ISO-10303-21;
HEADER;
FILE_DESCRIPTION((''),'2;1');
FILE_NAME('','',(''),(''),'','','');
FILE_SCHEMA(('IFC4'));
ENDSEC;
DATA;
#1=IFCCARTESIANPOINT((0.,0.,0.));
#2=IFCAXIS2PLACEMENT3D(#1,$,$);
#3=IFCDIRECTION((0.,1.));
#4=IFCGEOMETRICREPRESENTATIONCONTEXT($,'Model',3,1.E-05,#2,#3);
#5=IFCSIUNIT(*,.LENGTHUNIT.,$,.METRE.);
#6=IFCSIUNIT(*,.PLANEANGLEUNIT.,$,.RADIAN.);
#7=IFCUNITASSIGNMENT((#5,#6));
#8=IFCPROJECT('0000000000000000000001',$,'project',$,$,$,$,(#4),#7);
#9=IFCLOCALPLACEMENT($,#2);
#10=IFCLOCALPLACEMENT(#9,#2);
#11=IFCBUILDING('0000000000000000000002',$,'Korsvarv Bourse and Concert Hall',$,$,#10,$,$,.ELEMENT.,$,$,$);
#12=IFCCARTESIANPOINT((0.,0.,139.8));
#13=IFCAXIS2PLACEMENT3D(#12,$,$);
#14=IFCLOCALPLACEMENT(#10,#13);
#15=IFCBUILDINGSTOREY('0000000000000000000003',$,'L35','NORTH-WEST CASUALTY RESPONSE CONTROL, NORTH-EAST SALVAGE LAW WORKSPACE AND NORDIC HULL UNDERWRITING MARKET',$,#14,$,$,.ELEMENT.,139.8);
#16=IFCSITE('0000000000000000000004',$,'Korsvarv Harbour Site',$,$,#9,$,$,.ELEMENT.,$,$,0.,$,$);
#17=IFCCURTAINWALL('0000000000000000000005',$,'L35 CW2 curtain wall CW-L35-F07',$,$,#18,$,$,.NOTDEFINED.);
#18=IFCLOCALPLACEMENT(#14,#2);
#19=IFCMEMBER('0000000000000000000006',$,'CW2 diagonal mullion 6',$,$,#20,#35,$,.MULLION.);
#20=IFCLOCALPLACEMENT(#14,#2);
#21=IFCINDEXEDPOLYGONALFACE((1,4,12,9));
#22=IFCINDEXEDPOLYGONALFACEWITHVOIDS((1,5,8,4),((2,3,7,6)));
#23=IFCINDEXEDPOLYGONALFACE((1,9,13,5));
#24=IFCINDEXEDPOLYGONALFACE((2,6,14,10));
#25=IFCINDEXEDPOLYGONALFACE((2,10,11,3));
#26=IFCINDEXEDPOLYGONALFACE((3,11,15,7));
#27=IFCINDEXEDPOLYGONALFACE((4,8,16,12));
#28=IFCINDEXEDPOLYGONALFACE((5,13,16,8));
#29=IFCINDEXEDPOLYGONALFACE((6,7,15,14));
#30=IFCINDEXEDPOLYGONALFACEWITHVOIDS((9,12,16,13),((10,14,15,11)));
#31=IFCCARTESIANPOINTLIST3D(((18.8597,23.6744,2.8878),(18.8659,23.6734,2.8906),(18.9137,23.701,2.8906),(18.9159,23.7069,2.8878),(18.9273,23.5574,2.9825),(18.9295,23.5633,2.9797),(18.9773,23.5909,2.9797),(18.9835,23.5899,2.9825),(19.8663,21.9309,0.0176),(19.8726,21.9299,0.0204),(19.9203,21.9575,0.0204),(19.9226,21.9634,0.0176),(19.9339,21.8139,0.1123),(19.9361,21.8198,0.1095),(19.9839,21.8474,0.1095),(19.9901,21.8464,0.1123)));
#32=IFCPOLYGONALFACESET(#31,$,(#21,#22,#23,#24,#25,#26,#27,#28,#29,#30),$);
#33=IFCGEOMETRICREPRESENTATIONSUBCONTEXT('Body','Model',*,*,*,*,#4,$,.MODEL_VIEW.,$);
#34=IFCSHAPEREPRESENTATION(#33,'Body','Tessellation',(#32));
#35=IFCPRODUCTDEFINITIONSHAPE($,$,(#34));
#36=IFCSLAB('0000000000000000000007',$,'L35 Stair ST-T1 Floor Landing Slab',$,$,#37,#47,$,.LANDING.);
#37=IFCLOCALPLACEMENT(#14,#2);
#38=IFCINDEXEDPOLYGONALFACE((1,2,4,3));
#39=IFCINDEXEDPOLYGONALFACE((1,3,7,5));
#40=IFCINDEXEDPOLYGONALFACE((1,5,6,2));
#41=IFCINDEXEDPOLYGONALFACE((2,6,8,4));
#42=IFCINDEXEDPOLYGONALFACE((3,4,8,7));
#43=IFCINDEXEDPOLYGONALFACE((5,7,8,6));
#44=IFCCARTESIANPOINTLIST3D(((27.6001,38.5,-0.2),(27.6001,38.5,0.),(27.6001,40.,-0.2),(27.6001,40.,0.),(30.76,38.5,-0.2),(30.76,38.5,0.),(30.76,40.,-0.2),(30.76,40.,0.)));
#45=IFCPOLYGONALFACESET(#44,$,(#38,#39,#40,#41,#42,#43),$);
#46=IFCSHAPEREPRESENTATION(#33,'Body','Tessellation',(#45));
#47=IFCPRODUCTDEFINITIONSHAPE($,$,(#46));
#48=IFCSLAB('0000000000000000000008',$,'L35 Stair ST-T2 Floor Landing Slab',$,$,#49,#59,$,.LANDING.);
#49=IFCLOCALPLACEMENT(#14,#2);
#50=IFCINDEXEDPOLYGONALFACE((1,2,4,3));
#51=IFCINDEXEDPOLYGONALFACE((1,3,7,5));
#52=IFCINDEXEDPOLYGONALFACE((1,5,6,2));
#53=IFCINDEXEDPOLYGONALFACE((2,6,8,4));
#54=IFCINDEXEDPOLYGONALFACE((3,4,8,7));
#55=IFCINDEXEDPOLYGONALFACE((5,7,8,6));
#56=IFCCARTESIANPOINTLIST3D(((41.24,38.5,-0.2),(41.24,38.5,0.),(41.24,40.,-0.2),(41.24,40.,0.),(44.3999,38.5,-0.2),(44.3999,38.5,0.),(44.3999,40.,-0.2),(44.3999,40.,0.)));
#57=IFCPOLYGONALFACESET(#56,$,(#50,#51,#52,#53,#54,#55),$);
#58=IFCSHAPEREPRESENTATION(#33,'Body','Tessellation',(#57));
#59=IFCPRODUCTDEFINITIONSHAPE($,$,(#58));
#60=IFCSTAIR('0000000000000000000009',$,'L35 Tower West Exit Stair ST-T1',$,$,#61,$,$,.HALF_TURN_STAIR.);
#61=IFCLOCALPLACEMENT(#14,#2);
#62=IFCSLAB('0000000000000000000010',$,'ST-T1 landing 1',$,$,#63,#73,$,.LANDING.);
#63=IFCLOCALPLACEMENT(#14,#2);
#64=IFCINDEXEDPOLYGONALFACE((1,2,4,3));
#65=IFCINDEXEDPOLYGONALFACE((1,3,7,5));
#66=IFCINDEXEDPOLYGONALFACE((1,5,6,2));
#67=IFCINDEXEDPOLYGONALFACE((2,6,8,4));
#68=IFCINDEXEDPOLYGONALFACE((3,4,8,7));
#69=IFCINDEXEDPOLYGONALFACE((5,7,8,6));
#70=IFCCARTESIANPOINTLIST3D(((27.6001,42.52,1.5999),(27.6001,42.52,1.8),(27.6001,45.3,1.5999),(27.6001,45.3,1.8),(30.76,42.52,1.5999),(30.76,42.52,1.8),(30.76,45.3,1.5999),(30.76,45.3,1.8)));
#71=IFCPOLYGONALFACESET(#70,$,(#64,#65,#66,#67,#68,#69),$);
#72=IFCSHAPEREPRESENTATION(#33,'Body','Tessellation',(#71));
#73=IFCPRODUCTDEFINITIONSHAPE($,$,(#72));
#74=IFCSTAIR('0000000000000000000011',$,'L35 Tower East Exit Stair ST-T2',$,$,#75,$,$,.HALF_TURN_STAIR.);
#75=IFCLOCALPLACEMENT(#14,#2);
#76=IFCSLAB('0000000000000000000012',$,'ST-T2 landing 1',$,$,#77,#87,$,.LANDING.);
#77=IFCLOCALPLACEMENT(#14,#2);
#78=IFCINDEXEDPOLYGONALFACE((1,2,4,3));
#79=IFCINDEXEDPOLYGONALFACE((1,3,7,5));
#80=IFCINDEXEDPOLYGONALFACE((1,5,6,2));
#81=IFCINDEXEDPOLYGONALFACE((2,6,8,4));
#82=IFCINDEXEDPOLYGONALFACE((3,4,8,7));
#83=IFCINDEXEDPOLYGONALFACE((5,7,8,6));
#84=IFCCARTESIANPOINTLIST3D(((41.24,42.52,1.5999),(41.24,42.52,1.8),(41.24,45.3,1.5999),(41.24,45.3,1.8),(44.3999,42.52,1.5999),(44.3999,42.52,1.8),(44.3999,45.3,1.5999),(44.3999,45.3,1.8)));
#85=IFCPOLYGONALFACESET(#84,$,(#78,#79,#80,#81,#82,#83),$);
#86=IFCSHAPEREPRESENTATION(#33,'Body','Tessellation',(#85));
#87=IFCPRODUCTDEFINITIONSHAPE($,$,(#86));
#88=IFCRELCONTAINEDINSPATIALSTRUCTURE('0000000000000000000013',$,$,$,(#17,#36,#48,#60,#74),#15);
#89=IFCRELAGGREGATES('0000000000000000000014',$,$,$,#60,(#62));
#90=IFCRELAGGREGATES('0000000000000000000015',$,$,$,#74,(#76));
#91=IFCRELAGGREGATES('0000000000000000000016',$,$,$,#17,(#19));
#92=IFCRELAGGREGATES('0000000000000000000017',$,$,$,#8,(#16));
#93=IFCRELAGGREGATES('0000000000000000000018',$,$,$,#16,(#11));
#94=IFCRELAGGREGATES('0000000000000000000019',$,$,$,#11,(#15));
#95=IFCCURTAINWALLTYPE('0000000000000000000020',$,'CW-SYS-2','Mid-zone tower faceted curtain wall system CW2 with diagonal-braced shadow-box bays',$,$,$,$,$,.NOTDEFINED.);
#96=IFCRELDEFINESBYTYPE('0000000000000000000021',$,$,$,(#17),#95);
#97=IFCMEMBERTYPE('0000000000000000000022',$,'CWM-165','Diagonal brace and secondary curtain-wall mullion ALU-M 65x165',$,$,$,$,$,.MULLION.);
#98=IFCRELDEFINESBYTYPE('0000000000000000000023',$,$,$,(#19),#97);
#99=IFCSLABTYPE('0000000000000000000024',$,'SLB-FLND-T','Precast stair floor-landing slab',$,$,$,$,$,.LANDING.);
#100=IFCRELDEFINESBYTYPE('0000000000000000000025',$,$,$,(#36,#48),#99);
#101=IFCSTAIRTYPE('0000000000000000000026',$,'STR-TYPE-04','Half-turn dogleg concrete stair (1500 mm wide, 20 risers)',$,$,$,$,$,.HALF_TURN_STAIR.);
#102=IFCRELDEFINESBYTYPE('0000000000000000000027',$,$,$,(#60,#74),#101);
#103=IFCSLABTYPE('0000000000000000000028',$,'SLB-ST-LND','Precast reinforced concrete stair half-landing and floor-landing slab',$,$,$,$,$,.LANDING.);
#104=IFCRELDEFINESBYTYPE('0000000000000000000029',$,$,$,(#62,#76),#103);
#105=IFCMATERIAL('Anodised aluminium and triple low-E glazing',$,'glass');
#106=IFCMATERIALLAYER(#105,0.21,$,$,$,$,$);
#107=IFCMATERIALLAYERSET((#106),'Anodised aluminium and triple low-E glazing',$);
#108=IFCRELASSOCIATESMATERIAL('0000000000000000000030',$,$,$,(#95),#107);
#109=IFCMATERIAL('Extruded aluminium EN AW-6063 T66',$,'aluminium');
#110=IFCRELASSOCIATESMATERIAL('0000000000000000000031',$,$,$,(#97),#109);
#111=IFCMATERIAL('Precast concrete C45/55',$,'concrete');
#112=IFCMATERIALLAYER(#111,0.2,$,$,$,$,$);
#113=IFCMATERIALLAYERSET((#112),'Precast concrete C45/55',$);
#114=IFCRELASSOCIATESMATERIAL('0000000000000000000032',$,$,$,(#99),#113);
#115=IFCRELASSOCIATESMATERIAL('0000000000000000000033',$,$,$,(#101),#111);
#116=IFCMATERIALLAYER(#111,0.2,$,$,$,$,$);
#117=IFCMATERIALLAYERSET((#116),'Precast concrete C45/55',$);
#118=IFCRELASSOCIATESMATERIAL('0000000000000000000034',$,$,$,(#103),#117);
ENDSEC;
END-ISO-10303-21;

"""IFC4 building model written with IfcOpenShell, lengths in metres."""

from ifc_helpers import new_model, si_unit, direction, frame, origin, origin_2d, place, context, subcontext, project, spatial, polyline, hollow_rectangle, outline, extrude, source, transform, mapped, material, layer, layer_set, material_profile, profile_set, type_object, element, aggregate, save


model = new_model("IFC4")

# Units and contexts
model_context = context("Model", 3, precision=1e-05, world=origin(), true_north=direction((0.0, 1.0)))
body_context = subcontext(model_context, "Body", "Model", "MODEL_VIEW")
ifc_project = project(units=[si_unit("LENGTHUNIT", "METRE"), si_unit("PLANEANGLEUNIT", "RADIAN")], contexts=[model_context])

# Site, building, storey
site_placement = place(None, origin())
site = spatial("IfcSite", under=ifc_project, at=site_placement, Name="Korsvarv Harbour Site", CompositionType="ELEMENT", RefElevation=0.0)
building_placement = place(site_placement, origin())
building = spatial("IfcBuilding", under=site, at=building_placement, Name="Korsvarv Bourse and Concert Hall", CompositionType="ELEMENT")
storey_placement = place(building_placement, frame((0.0, 0.0, 139.8)))
storey = spatial("IfcBuildingStorey", under=building, at=storey_placement, Name="L35", Description="NORTH-WEST CASUALTY RESPONSE CONTROL, NORTH-EAST SALVAGE LAW WORKSPACE AND NORDIC HULL UNDERWRITING MARKET", CompositionType="ELEMENT", Elevation=139.8)

# Curtain wall, member
ifc_material_1 = material(Name="Anodised aluminium and triple low-E glazing", Category="glass")
ifc_layer_1 = layer(ifc_material_1, 0.21)
ifc_layer_set_1 = layer_set([ifc_layer_1], Name="Anodised aluminium and triple low-E glazing")
curtain_wall_type = type_object("IfcCurtainWallType", Name="CW-SYS-2", Description="Mid-zone tower faceted curtain wall system CW2 with diagonal-braced shadow-box bays", PredefinedType="NOTDEFINED", material=ifc_layer_set_1)
curtain_wall_placement = place(storey_placement, origin())
curtain_wall = element("IfcCurtainWall", 1, at=curtain_wall_placement, inside=storey, type_object=curtain_wall_type, Name="L35 CW2 curtain wall CW-L35-F07", PredefinedType="NOTDEFINED")
ifc_material_2 = material(Name="Extruded aluminium EN AW-6063 T66", Category="aluminium")
ifc_material_profile_1 = material_profile(ifc_material_2, hollow_rectangle(XDim=0.0649, YDim=0.165, WallThickness=0.0049, at=origin_2d()), Name="ALU-M 65x165")
ifc_profile_set_1 = profile_set([ifc_material_profile_1], Name="Extruded aluminium EN AW-6063 T66")
member_type_1 = type_object("IfcMemberType", Name="CWM-165", Description="Diagonal brace and secondary curtain-wall mullion ALU-M 65x165", PredefinedType="MULLION", material=ifc_profile_set_1)
shared_shape_1 = source(origin(), body_context, "Body", "SweptSolid", [
    extrude(hollow_rectangle(XDim=0.0649, YDim=0.165, WallThickness=0.0049, at=origin_2d()), origin(), (0.0, 0.0, 1.0), 3.5059),
])
member_1_placement = place(storey_placement, frame((19.9282, 21.8887, 0.0649), z_axis=(-0.287126, 0.4973, 0.818689), x_axis=(-0.866018, -0.500013, 0.0)))
member_1 = element("IfcMember", 2, at=member_1_placement, type_object=member_type_1, Name="CW2 diagonal mullion 6", PredefinedType="MULLION", context=body_context, shape_type="MappedRepresentation", body=[
    mapped(shared_shape_1, transform((0.0, 0.0, 0.0), scale=1.0)),
])

# Slabs
ifc_material_3 = material(Name="Precast concrete C45/55", Category="concrete")
ifc_layer_2 = layer(ifc_material_3, 0.2)
ifc_layer_set_2 = layer_set([ifc_layer_2], Name="Precast concrete C45/55")
slab_type_1 = type_object("IfcSlabType", Name="SLB-FLND-T", Description="Precast stair floor-landing slab", PredefinedType="LANDING", material=ifc_layer_set_2)
slab_1_placement = place(storey_placement, frame((0.0, 0.0, -0.2)))
element("IfcSlab", 3, at=slab_1_placement, inside=storey, type_object=slab_type_1, Name="L35 Stair ST-T1 Floor Landing Slab", PredefinedType="LANDING", context=body_context, shape_type="SweptSolid", body=[
    extrude(outline(polyline([(30.76, 38.5), (30.76, 40.0), (27.6001, 40.0), (27.6001, 38.5), (30.76, 38.5)])), origin(), (0.0, 0.0, 1.0), 0.2),
])
slab_2_placement = place(storey_placement, frame((0.0, 0.0, -0.2)))
element("IfcSlab", 4, at=slab_2_placement, inside=storey, type_object=slab_type_1, Name="L35 Stair ST-T2 Floor Landing Slab", PredefinedType="LANDING", context=body_context, shape_type="SweptSolid", body=[
    extrude(outline(polyline([(44.3999, 38.5), (44.3999, 40.0), (41.24, 40.0), (41.24, 38.5), (44.3999, 38.5)])), origin(), (0.0, 0.0, 1.0), 0.2),
])

# Stairs, slabs
stair_type = type_object("IfcStairType", Name="STR-TYPE-04", Description="Half-turn dogleg concrete stair (1500 mm wide, 20 risers)", PredefinedType="HALF_TURN_STAIR", material=ifc_material_3)
stair_1_placement = place(storey_placement, origin())
stair_1 = element("IfcStair", 5, at=stair_1_placement, inside=storey, type_object=stair_type, Name="L35 Tower West Exit Stair ST-T1", PredefinedType="HALF_TURN_STAIR")
ifc_layer_3 = layer(ifc_material_3, 0.2)
ifc_layer_set_3 = layer_set([ifc_layer_3], Name="Precast concrete C45/55")
slab_type_2 = type_object("IfcSlabType", Name="SLB-ST-LND", Description="Precast reinforced concrete stair half-landing and floor-landing slab", PredefinedType="LANDING", material=ifc_layer_set_3)
slab_3_placement = place(storey_placement, frame((0.0, 0.0, 1.5999)))
slab_3 = element("IfcSlab", 6, at=slab_3_placement, type_object=slab_type_2, Name="ST-T1 landing 1", PredefinedType="LANDING", context=body_context, shape_type="SweptSolid", body=[
    extrude(outline(polyline([(30.76, 42.52), (30.76, 45.3), (27.6001, 45.3), (27.6001, 42.52), (30.76, 42.52)])), origin(), (0.0, 0.0, 1.0), 0.2002),
])
aggregate(stair_1, [slab_3])
stair_2_placement = place(storey_placement, origin())
stair_2 = element("IfcStair", 7, at=stair_2_placement, inside=storey, type_object=stair_type, Name="L35 Tower East Exit Stair ST-T2", PredefinedType="HALF_TURN_STAIR")
slab_4_placement = place(storey_placement, frame((0.0, 0.0, 1.5999)))
slab_4 = element("IfcSlab", 8, at=slab_4_placement, type_object=slab_type_2, Name="ST-T2 landing 1", PredefinedType="LANDING", context=body_context, shape_type="SweptSolid", body=[
    extrude(outline(polyline([(44.3999, 42.52), (44.3999, 45.3), (41.24, 45.3), (41.24, 42.52), (44.3999, 42.52)])), origin(), (0.0, 0.0, 1.0), 0.2002),
])
aggregate(stair_2, [slab_4])

aggregate(curtain_wall, [member_1])

save(model, "model.ifc")
